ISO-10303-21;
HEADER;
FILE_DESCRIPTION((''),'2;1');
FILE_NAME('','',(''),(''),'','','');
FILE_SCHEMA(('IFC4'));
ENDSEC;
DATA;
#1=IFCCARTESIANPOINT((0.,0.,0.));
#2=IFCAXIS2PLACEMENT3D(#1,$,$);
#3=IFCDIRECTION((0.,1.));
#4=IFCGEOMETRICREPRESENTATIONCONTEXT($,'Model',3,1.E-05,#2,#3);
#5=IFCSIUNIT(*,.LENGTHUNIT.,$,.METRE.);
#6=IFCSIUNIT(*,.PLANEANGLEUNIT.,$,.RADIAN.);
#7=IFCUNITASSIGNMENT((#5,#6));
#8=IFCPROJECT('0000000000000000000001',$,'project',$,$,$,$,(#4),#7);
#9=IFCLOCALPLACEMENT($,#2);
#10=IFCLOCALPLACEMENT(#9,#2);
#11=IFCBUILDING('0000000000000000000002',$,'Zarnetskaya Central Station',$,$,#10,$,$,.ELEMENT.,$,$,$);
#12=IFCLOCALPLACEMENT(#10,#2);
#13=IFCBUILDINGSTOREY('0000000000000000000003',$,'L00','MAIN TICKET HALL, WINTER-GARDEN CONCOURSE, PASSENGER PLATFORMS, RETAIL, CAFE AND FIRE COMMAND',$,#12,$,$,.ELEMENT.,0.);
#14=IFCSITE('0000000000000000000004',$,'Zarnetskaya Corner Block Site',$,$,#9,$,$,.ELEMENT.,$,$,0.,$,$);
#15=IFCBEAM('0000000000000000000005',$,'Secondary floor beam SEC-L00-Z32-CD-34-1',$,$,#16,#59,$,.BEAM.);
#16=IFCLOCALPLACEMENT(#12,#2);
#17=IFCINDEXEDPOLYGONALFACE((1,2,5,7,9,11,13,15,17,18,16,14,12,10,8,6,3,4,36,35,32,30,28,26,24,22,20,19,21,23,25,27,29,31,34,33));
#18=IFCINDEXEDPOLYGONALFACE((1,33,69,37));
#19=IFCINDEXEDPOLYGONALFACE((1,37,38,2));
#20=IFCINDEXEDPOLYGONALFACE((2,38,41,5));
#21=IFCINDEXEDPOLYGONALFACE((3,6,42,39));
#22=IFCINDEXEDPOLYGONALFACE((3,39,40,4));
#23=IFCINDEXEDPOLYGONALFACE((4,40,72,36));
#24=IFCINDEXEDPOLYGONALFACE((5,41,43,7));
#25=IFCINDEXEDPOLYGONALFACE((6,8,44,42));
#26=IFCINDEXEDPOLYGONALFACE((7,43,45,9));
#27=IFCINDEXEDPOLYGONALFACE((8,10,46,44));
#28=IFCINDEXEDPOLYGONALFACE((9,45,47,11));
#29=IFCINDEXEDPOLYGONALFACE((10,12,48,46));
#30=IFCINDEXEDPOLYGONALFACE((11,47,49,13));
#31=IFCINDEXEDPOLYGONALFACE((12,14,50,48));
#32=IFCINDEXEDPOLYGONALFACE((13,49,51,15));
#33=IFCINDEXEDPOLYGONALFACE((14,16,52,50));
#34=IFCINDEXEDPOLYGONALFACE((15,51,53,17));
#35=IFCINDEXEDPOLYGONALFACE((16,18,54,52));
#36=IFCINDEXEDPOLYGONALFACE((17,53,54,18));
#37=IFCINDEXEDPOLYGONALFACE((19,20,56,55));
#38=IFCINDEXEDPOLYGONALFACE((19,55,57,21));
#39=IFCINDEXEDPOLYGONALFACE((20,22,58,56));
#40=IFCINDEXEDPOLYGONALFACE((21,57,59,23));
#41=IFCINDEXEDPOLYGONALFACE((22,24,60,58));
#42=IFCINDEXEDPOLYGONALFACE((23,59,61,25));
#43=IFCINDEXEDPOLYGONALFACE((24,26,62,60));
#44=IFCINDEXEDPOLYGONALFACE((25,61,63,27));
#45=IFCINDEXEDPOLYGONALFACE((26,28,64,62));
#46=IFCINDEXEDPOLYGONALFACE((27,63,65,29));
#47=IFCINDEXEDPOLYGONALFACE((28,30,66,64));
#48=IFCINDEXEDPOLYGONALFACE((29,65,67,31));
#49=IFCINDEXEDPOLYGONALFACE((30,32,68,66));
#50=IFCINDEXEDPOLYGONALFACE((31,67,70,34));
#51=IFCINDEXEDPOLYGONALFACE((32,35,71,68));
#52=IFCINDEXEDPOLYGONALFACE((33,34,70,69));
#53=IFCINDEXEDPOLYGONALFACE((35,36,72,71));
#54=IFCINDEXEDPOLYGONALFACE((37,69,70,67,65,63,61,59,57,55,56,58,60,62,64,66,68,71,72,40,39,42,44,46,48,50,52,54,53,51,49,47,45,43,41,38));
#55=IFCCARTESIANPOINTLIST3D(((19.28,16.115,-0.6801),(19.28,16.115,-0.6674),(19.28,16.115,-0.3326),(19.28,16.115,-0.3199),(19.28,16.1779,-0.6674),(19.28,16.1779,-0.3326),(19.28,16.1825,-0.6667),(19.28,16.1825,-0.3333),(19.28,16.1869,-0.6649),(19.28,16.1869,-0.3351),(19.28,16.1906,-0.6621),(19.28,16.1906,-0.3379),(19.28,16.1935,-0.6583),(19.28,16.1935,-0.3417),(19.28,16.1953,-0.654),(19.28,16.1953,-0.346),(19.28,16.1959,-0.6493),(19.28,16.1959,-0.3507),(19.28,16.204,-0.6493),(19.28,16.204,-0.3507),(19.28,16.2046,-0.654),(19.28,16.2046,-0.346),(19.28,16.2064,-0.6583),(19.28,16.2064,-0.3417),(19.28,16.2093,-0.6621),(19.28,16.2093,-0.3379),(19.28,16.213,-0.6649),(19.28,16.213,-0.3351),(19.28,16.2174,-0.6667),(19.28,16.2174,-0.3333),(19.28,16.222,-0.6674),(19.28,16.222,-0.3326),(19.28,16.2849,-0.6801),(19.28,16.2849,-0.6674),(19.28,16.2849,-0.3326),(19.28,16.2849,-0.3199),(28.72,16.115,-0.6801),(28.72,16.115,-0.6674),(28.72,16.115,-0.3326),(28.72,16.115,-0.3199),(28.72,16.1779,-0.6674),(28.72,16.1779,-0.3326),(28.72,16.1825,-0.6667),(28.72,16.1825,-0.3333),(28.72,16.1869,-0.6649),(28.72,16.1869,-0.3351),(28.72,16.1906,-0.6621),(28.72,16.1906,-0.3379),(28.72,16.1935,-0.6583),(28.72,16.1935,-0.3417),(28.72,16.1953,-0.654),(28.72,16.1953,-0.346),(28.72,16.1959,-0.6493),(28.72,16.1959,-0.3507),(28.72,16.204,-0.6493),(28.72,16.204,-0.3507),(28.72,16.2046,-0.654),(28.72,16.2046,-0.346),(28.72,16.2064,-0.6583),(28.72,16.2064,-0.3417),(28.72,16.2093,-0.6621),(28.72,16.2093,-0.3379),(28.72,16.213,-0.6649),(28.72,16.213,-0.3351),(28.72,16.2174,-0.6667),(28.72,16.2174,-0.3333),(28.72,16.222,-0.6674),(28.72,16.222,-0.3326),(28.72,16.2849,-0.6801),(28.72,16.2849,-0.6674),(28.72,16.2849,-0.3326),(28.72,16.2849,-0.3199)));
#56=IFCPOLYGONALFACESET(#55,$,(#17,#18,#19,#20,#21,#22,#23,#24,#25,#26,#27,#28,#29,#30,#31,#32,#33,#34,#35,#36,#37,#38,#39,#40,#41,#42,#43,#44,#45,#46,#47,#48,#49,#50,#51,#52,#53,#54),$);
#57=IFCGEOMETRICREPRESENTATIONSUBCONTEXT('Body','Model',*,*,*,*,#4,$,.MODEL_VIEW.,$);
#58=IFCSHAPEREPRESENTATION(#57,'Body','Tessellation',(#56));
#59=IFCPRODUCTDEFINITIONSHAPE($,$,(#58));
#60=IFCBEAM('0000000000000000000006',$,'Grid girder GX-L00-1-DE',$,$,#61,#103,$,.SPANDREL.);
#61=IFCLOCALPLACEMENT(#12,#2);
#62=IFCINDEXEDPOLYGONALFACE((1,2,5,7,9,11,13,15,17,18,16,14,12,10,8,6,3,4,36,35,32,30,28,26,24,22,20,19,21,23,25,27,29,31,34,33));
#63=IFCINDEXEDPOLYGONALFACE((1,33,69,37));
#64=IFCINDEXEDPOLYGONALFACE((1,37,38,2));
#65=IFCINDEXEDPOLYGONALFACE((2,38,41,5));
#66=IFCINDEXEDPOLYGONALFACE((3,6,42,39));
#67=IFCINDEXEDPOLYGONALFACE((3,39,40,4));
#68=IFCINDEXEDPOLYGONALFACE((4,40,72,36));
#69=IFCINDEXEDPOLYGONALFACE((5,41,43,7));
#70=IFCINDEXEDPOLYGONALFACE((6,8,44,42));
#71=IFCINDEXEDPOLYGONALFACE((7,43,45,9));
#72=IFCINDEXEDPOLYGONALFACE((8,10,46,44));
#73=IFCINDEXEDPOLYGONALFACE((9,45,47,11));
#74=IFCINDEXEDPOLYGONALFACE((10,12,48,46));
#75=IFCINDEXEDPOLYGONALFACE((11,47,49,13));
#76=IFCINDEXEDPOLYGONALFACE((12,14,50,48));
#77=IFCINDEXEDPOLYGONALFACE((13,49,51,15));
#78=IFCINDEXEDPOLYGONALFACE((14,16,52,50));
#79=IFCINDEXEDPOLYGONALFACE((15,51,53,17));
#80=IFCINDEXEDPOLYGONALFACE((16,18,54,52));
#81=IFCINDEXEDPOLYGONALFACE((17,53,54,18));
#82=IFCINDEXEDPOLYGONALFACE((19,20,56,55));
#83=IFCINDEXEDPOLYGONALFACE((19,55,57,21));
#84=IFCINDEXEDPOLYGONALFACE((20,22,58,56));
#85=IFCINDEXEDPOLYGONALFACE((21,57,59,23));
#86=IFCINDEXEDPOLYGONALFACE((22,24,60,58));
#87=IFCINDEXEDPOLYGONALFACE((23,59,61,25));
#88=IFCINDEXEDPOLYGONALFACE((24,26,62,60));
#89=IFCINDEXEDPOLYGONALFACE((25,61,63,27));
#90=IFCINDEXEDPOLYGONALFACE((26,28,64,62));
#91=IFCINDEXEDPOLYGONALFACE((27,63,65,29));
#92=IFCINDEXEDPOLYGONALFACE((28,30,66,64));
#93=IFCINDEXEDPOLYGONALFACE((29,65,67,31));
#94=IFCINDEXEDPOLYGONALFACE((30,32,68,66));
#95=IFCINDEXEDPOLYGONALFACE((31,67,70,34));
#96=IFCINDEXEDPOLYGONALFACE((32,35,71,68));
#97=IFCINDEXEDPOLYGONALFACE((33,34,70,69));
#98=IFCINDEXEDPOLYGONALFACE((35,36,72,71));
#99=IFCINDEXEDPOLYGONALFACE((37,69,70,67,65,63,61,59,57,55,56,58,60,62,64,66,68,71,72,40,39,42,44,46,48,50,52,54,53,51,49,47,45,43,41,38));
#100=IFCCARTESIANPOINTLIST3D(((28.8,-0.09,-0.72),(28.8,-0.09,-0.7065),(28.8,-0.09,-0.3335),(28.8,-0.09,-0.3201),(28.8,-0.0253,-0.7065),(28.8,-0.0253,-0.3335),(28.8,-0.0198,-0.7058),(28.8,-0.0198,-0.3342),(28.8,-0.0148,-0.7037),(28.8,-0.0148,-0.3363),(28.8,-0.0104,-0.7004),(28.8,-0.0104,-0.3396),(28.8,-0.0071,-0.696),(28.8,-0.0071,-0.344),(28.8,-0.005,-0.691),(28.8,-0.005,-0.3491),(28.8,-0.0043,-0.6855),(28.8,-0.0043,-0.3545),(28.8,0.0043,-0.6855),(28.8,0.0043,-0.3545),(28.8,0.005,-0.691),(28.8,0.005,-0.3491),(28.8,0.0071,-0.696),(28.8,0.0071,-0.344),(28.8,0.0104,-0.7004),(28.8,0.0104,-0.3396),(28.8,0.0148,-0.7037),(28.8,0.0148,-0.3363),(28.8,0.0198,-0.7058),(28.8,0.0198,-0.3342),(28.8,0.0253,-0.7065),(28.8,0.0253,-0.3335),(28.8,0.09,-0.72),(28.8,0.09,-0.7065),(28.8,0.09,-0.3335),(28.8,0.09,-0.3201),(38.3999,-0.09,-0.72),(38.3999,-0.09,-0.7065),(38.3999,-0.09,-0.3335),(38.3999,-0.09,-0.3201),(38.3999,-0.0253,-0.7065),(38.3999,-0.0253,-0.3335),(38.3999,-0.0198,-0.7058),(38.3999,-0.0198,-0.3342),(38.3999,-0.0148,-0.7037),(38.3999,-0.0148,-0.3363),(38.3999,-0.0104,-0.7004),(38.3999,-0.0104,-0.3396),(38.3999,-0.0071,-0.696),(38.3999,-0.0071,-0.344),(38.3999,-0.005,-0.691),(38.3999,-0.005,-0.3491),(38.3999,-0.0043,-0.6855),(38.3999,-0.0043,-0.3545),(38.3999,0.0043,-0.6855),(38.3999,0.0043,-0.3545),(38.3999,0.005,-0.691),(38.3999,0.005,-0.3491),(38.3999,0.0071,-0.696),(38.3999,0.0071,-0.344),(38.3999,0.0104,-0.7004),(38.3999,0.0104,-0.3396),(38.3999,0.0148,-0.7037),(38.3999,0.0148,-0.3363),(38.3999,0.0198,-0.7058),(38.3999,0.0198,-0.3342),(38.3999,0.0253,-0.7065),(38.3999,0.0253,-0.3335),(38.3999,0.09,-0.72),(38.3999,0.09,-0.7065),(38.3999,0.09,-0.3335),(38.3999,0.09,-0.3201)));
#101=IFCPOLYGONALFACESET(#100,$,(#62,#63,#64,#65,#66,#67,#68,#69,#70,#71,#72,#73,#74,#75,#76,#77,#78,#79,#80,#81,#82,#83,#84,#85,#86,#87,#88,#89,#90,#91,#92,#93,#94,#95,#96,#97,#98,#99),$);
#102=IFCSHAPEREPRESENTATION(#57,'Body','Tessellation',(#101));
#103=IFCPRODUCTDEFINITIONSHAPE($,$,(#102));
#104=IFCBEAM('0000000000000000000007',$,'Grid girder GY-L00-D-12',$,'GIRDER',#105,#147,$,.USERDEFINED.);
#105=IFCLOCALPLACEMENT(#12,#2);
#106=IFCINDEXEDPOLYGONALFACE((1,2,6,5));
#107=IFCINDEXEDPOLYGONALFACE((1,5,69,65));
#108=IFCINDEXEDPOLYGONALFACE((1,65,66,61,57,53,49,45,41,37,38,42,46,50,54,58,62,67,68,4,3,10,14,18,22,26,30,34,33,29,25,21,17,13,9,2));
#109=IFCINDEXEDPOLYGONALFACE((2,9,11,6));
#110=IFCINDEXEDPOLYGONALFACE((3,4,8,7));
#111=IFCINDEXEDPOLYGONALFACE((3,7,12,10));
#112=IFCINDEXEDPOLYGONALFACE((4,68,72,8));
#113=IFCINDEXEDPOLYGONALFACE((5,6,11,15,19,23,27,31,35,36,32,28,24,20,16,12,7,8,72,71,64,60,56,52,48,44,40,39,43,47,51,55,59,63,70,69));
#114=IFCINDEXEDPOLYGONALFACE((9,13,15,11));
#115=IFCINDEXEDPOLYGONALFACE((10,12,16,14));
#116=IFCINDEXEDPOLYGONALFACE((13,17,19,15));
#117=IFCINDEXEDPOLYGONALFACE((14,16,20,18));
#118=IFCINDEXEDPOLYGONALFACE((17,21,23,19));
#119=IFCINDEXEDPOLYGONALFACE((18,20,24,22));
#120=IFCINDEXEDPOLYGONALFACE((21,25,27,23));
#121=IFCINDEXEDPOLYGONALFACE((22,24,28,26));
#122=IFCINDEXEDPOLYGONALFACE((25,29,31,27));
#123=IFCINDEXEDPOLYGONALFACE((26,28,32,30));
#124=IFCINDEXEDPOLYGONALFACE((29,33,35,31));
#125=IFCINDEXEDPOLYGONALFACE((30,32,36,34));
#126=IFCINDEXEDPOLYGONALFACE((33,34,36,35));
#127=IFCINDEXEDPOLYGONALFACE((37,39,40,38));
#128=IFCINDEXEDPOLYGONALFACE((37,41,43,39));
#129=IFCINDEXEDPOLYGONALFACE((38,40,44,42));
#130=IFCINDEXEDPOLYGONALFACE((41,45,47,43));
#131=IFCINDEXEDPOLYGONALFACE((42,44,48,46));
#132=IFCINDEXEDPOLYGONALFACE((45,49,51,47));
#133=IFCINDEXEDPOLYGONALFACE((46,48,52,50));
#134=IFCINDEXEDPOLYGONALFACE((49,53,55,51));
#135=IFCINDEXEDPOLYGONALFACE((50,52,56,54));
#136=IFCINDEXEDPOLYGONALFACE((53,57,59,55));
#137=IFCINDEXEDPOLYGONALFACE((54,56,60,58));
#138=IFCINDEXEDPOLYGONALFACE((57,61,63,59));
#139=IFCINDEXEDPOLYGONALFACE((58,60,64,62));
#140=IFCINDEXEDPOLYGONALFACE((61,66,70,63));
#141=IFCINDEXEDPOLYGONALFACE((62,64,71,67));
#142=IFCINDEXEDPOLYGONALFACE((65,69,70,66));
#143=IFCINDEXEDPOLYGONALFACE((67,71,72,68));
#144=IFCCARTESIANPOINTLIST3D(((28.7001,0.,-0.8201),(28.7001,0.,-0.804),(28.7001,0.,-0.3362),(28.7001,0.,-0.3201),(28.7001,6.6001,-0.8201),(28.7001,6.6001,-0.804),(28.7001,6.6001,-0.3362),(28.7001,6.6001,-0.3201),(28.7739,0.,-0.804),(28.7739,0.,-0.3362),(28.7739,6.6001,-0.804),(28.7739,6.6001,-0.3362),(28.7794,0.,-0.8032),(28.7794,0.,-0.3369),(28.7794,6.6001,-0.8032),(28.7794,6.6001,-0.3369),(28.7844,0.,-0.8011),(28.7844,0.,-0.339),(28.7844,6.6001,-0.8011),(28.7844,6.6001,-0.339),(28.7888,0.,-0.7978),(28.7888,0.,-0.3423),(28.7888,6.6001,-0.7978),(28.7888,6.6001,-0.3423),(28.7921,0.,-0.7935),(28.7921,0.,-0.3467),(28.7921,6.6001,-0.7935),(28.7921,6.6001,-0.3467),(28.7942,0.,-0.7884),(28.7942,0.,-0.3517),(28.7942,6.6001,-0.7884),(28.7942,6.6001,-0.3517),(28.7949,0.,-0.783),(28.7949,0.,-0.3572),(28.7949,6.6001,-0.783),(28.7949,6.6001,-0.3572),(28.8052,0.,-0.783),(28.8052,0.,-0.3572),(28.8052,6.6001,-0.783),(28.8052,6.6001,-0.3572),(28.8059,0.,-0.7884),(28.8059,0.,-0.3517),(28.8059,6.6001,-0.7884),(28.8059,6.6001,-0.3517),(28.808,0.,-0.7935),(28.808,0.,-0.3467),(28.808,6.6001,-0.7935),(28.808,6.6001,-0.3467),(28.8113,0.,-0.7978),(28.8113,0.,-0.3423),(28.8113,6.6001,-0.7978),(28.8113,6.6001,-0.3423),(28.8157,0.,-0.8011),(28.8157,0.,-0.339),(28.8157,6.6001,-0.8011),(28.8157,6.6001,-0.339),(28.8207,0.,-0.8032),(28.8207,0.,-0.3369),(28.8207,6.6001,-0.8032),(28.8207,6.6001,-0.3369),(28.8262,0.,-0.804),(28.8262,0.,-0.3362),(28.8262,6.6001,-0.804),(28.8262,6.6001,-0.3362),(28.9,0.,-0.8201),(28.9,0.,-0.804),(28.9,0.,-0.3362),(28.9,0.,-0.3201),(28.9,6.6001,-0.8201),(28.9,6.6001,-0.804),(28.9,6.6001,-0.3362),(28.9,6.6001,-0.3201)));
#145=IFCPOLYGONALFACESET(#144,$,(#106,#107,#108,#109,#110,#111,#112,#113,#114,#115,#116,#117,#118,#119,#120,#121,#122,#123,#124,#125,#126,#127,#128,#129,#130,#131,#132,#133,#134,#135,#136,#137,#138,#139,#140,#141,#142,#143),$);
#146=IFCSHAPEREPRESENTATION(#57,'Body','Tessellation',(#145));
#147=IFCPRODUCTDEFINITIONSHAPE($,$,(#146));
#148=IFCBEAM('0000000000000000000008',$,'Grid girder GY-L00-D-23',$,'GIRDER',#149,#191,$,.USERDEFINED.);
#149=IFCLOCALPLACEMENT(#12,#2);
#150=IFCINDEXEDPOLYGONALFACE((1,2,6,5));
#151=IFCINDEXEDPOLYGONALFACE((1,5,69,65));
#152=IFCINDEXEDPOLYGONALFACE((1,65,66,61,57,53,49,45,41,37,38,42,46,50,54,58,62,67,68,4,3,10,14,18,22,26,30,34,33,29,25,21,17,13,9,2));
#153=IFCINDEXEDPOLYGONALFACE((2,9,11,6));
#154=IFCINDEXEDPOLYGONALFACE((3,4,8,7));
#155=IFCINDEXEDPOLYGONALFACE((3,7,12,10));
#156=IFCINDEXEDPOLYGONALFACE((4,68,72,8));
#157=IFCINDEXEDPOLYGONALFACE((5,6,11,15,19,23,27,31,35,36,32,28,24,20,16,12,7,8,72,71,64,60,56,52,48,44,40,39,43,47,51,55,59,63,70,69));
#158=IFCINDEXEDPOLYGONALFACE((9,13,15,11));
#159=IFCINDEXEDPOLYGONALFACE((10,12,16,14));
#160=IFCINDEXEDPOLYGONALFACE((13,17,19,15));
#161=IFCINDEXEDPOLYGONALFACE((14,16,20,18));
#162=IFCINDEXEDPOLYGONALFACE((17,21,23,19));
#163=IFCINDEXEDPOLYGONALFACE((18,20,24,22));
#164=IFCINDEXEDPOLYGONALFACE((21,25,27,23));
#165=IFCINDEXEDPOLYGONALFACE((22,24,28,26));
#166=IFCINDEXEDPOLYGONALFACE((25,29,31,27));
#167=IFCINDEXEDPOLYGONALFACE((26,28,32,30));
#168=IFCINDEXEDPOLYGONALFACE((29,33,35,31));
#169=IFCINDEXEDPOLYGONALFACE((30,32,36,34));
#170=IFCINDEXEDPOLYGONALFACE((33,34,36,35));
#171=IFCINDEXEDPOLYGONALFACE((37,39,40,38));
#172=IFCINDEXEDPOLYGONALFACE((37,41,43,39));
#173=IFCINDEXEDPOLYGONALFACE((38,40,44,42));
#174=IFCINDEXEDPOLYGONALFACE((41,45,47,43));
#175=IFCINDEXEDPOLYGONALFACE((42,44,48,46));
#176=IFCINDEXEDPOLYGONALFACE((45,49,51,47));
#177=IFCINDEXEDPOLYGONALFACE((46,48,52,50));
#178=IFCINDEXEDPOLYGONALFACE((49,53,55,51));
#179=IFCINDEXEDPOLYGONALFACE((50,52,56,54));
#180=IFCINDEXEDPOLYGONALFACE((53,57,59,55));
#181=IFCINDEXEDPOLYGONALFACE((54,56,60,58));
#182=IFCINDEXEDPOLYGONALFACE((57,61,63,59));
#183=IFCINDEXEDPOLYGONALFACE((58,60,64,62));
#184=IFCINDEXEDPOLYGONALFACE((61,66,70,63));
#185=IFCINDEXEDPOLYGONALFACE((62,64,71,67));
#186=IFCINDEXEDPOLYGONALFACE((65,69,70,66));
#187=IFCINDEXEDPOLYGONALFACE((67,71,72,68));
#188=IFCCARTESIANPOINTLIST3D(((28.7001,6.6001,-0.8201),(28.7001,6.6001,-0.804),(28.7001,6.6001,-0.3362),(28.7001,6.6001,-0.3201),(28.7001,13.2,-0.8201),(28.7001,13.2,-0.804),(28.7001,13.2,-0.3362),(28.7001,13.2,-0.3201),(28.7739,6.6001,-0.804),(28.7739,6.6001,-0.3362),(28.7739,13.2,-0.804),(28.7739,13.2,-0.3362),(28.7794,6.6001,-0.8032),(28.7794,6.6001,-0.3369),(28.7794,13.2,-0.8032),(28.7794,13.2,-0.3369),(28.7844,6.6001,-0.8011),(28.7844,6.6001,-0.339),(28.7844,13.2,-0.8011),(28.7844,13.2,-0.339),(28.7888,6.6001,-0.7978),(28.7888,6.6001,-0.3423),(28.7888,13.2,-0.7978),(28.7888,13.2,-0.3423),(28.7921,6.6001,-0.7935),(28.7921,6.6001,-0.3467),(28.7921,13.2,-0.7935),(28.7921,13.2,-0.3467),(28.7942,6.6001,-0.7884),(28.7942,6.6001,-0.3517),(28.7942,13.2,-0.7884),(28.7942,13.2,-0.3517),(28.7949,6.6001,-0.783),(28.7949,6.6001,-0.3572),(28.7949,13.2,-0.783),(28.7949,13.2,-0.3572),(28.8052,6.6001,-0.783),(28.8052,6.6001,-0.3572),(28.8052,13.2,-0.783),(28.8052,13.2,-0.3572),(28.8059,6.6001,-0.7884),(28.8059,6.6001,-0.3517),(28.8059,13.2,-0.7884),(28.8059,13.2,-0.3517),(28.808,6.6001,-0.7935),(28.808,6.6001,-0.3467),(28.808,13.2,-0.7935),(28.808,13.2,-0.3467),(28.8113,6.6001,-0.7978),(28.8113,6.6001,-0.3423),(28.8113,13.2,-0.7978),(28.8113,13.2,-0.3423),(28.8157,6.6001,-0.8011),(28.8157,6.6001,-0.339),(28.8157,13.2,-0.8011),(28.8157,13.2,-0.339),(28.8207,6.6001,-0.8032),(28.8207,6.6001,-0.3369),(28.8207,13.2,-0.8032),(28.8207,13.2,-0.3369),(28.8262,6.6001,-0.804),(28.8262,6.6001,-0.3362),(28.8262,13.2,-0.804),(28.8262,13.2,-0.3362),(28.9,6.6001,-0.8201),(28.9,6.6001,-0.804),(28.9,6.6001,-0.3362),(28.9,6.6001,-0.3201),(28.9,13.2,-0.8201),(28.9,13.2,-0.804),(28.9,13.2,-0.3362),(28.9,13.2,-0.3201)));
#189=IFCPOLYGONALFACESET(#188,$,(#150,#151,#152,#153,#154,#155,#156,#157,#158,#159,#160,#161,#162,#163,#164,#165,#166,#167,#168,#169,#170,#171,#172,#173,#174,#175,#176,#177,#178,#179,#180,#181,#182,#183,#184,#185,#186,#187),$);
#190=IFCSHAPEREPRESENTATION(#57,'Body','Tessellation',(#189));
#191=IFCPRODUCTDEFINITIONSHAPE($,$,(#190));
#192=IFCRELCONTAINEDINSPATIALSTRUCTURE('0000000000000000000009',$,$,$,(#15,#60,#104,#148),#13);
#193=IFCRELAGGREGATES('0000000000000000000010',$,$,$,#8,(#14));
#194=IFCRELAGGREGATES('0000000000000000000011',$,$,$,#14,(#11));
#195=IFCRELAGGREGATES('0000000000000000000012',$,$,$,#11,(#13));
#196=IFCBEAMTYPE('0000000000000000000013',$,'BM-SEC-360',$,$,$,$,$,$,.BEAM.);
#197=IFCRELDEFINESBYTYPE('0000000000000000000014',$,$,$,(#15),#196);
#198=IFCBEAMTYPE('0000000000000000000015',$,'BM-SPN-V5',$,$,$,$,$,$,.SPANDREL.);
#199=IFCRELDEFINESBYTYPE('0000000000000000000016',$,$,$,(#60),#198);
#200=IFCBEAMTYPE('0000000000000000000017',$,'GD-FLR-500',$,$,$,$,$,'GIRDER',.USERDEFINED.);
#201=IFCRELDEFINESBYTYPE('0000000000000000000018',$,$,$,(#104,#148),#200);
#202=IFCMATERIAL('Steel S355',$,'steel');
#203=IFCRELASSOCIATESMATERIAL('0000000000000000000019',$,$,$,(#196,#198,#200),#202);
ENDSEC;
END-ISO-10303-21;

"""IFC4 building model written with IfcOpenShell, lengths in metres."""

from ifc_helpers import new_model, si_unit, direction, frame, origin, origin_2d, place, context, subcontext, project, spatial, i_section, extrude, material, material_profile, profile_set, type_object, element, save


model = new_model("IFC4")

# Units and contexts
model_context = context("Model", 3, precision=1e-05, world=origin(), true_north=direction((0.0, 1.0)))
body_context = subcontext(model_context, "Body", "Model", "MODEL_VIEW")
ifc_project = project(units=[si_unit("LENGTHUNIT", "METRE"), si_unit("PLANEANGLEUNIT", "RADIAN")], contexts=[model_context])

# Site, building, storey
site_placement = place(None, origin())
site = spatial("IfcSite", under=ifc_project, at=site_placement, Name="Zarnetskaya Corner Block Site", CompositionType="ELEMENT", RefElevation=0.0)
building_placement = place(site_placement, origin())
building = spatial("IfcBuilding", under=site, at=building_placement, Name="Zarnetskaya Central Station", CompositionType="ELEMENT")
storey_placement = place(building_placement, origin())
storey = spatial("IfcBuildingStorey", under=building, at=storey_placement, Name="L00", Description="MAIN TICKET HALL, WINTER-GARDEN CONCOURSE, PASSENGER PLATFORMS, RETAIL, CAFE AND FIRE COMMAND", CompositionType="ELEMENT", Elevation=0.0)

# Shared definitions
ifc_material_1 = material(Name="Steel S355", Category="steel")

# Beams
ifc_material_profile_1 = material_profile(ifc_material_1, i_section(OverallWidth=0.1699, OverallDepth=0.3601, WebThickness=0.0081, FlangeThickness=0.0127, FilletRadius=0.0181, at=origin_2d()), Name="IPE 360")
ifc_profile_set_1 = profile_set([ifc_material_profile_1], Name="Steel S355")
beam_type_1 = type_object("IfcBeamType", Name="BM-SEC-360", PredefinedType="BEAM", material=ifc_profile_set_1)
for number, where, z_axis, x_axis, name in (
    (1, (19.28, 16.2, -0.5), (1.0, 0.0, 0.0), (0.0, 1.0, 0.0), "Secondary floor beam SEC-L00-Z32-CD-34-1"),
):
    element("IfcBeam", number, at=place(storey_placement, frame(where, z_axis=z_axis, x_axis=x_axis)), inside=storey, type_object=beam_type_1, Name=name, PredefinedType="BEAM", context=body_context, shape_type="SweptSolid", body=[
        extrude(i_section(OverallWidth=0.1699, OverallDepth=0.3601, WebThickness=0.0081, FlangeThickness=0.0127, FilletRadius=0.0181, at=origin_2d()), origin(), (0.0, 0.0, 1.0), 9.4399),
    ])
ifc_material_profile_2 = material_profile(ifc_material_1, i_section(OverallWidth=0.1799, OverallDepth=0.3999, WebThickness=0.0085, FlangeThickness=0.0134, FilletRadius=0.021, at=origin_2d()), Name="IPE 400")
ifc_profile_set_2 = profile_set([ifc_material_profile_2], Name="Steel S355")
beam_type_2 = type_object("IfcBeamType", Name="BM-SPN-V5", PredefinedType="SPANDREL", material=ifc_profile_set_2)
beam_1_placement = place(storey_placement, frame((28.8, 0.0, -0.52), z_axis=(1.0, 0.0, 0.0), x_axis=(0.0, 1.0, 0.0)))
element("IfcBeam", 2, at=beam_1_placement, inside=storey, type_object=beam_type_2, Name="Grid girder GX-L00-1-DE", PredefinedType="SPANDREL", context=body_context, shape_type="SweptSolid", body=[
    extrude(i_section(OverallWidth=0.1799, OverallDepth=0.3999, WebThickness=0.0085, FlangeThickness=0.0134, FilletRadius=0.021, at=origin_2d()), origin(), (0.0, 0.0, 1.0), 9.5999),
])
ifc_material_profile_3 = material_profile(ifc_material_1, i_section(OverallWidth=0.2, OverallDepth=0.5, WebThickness=0.0103, FlangeThickness=0.0161, FilletRadius=0.021, at=origin_2d()), Name="IPE 500")
ifc_profile_set_3 = profile_set([ifc_material_profile_3], Name="Steel S355")
beam_type_3 = type_object("IfcBeamType", Name="GD-FLR-500", ElementType="GIRDER", PredefinedType="USERDEFINED", material=ifc_profile_set_3)
beam_2_placement = place(storey_placement, frame((28.8, 0.0, -0.5701), z_axis=(0.0, 1.0, 0.0), x_axis=(-1.0, 0.0, 0.0)))
element("IfcBeam", 3, at=beam_2_placement, inside=storey, type_object=beam_type_3, Name="Grid girder GY-L00-D-12", ObjectType="GIRDER", PredefinedType="USERDEFINED", context=body_context, shape_type="SweptSolid", body=[
    extrude(i_section(OverallWidth=0.2, OverallDepth=0.5, WebThickness=0.0103, FlangeThickness=0.0161, FilletRadius=0.021, at=origin_2d()), origin(), (0.0, 0.0, 1.0), 6.6001),
])
beam_3_placement = place(storey_placement, frame((28.8, 6.6001, -0.5701), z_axis=(0.0, 1.0, 0.0), x_axis=(-1.0, 0.0, 0.0)))
element("IfcBeam", 4, at=beam_3_placement, inside=storey, type_object=beam_type_3, Name="Grid girder GY-L00-D-23", ObjectType="GIRDER", PredefinedType="USERDEFINED", context=body_context, shape_type="SweptSolid", body=[
    extrude(i_section(OverallWidth=0.2, OverallDepth=0.5, WebThickness=0.0103, FlangeThickness=0.0161, FilletRadius=0.021, at=origin_2d()), origin(), (0.0, 0.0, 1.0), 6.5999),
])

save(model, "model.ifc")
